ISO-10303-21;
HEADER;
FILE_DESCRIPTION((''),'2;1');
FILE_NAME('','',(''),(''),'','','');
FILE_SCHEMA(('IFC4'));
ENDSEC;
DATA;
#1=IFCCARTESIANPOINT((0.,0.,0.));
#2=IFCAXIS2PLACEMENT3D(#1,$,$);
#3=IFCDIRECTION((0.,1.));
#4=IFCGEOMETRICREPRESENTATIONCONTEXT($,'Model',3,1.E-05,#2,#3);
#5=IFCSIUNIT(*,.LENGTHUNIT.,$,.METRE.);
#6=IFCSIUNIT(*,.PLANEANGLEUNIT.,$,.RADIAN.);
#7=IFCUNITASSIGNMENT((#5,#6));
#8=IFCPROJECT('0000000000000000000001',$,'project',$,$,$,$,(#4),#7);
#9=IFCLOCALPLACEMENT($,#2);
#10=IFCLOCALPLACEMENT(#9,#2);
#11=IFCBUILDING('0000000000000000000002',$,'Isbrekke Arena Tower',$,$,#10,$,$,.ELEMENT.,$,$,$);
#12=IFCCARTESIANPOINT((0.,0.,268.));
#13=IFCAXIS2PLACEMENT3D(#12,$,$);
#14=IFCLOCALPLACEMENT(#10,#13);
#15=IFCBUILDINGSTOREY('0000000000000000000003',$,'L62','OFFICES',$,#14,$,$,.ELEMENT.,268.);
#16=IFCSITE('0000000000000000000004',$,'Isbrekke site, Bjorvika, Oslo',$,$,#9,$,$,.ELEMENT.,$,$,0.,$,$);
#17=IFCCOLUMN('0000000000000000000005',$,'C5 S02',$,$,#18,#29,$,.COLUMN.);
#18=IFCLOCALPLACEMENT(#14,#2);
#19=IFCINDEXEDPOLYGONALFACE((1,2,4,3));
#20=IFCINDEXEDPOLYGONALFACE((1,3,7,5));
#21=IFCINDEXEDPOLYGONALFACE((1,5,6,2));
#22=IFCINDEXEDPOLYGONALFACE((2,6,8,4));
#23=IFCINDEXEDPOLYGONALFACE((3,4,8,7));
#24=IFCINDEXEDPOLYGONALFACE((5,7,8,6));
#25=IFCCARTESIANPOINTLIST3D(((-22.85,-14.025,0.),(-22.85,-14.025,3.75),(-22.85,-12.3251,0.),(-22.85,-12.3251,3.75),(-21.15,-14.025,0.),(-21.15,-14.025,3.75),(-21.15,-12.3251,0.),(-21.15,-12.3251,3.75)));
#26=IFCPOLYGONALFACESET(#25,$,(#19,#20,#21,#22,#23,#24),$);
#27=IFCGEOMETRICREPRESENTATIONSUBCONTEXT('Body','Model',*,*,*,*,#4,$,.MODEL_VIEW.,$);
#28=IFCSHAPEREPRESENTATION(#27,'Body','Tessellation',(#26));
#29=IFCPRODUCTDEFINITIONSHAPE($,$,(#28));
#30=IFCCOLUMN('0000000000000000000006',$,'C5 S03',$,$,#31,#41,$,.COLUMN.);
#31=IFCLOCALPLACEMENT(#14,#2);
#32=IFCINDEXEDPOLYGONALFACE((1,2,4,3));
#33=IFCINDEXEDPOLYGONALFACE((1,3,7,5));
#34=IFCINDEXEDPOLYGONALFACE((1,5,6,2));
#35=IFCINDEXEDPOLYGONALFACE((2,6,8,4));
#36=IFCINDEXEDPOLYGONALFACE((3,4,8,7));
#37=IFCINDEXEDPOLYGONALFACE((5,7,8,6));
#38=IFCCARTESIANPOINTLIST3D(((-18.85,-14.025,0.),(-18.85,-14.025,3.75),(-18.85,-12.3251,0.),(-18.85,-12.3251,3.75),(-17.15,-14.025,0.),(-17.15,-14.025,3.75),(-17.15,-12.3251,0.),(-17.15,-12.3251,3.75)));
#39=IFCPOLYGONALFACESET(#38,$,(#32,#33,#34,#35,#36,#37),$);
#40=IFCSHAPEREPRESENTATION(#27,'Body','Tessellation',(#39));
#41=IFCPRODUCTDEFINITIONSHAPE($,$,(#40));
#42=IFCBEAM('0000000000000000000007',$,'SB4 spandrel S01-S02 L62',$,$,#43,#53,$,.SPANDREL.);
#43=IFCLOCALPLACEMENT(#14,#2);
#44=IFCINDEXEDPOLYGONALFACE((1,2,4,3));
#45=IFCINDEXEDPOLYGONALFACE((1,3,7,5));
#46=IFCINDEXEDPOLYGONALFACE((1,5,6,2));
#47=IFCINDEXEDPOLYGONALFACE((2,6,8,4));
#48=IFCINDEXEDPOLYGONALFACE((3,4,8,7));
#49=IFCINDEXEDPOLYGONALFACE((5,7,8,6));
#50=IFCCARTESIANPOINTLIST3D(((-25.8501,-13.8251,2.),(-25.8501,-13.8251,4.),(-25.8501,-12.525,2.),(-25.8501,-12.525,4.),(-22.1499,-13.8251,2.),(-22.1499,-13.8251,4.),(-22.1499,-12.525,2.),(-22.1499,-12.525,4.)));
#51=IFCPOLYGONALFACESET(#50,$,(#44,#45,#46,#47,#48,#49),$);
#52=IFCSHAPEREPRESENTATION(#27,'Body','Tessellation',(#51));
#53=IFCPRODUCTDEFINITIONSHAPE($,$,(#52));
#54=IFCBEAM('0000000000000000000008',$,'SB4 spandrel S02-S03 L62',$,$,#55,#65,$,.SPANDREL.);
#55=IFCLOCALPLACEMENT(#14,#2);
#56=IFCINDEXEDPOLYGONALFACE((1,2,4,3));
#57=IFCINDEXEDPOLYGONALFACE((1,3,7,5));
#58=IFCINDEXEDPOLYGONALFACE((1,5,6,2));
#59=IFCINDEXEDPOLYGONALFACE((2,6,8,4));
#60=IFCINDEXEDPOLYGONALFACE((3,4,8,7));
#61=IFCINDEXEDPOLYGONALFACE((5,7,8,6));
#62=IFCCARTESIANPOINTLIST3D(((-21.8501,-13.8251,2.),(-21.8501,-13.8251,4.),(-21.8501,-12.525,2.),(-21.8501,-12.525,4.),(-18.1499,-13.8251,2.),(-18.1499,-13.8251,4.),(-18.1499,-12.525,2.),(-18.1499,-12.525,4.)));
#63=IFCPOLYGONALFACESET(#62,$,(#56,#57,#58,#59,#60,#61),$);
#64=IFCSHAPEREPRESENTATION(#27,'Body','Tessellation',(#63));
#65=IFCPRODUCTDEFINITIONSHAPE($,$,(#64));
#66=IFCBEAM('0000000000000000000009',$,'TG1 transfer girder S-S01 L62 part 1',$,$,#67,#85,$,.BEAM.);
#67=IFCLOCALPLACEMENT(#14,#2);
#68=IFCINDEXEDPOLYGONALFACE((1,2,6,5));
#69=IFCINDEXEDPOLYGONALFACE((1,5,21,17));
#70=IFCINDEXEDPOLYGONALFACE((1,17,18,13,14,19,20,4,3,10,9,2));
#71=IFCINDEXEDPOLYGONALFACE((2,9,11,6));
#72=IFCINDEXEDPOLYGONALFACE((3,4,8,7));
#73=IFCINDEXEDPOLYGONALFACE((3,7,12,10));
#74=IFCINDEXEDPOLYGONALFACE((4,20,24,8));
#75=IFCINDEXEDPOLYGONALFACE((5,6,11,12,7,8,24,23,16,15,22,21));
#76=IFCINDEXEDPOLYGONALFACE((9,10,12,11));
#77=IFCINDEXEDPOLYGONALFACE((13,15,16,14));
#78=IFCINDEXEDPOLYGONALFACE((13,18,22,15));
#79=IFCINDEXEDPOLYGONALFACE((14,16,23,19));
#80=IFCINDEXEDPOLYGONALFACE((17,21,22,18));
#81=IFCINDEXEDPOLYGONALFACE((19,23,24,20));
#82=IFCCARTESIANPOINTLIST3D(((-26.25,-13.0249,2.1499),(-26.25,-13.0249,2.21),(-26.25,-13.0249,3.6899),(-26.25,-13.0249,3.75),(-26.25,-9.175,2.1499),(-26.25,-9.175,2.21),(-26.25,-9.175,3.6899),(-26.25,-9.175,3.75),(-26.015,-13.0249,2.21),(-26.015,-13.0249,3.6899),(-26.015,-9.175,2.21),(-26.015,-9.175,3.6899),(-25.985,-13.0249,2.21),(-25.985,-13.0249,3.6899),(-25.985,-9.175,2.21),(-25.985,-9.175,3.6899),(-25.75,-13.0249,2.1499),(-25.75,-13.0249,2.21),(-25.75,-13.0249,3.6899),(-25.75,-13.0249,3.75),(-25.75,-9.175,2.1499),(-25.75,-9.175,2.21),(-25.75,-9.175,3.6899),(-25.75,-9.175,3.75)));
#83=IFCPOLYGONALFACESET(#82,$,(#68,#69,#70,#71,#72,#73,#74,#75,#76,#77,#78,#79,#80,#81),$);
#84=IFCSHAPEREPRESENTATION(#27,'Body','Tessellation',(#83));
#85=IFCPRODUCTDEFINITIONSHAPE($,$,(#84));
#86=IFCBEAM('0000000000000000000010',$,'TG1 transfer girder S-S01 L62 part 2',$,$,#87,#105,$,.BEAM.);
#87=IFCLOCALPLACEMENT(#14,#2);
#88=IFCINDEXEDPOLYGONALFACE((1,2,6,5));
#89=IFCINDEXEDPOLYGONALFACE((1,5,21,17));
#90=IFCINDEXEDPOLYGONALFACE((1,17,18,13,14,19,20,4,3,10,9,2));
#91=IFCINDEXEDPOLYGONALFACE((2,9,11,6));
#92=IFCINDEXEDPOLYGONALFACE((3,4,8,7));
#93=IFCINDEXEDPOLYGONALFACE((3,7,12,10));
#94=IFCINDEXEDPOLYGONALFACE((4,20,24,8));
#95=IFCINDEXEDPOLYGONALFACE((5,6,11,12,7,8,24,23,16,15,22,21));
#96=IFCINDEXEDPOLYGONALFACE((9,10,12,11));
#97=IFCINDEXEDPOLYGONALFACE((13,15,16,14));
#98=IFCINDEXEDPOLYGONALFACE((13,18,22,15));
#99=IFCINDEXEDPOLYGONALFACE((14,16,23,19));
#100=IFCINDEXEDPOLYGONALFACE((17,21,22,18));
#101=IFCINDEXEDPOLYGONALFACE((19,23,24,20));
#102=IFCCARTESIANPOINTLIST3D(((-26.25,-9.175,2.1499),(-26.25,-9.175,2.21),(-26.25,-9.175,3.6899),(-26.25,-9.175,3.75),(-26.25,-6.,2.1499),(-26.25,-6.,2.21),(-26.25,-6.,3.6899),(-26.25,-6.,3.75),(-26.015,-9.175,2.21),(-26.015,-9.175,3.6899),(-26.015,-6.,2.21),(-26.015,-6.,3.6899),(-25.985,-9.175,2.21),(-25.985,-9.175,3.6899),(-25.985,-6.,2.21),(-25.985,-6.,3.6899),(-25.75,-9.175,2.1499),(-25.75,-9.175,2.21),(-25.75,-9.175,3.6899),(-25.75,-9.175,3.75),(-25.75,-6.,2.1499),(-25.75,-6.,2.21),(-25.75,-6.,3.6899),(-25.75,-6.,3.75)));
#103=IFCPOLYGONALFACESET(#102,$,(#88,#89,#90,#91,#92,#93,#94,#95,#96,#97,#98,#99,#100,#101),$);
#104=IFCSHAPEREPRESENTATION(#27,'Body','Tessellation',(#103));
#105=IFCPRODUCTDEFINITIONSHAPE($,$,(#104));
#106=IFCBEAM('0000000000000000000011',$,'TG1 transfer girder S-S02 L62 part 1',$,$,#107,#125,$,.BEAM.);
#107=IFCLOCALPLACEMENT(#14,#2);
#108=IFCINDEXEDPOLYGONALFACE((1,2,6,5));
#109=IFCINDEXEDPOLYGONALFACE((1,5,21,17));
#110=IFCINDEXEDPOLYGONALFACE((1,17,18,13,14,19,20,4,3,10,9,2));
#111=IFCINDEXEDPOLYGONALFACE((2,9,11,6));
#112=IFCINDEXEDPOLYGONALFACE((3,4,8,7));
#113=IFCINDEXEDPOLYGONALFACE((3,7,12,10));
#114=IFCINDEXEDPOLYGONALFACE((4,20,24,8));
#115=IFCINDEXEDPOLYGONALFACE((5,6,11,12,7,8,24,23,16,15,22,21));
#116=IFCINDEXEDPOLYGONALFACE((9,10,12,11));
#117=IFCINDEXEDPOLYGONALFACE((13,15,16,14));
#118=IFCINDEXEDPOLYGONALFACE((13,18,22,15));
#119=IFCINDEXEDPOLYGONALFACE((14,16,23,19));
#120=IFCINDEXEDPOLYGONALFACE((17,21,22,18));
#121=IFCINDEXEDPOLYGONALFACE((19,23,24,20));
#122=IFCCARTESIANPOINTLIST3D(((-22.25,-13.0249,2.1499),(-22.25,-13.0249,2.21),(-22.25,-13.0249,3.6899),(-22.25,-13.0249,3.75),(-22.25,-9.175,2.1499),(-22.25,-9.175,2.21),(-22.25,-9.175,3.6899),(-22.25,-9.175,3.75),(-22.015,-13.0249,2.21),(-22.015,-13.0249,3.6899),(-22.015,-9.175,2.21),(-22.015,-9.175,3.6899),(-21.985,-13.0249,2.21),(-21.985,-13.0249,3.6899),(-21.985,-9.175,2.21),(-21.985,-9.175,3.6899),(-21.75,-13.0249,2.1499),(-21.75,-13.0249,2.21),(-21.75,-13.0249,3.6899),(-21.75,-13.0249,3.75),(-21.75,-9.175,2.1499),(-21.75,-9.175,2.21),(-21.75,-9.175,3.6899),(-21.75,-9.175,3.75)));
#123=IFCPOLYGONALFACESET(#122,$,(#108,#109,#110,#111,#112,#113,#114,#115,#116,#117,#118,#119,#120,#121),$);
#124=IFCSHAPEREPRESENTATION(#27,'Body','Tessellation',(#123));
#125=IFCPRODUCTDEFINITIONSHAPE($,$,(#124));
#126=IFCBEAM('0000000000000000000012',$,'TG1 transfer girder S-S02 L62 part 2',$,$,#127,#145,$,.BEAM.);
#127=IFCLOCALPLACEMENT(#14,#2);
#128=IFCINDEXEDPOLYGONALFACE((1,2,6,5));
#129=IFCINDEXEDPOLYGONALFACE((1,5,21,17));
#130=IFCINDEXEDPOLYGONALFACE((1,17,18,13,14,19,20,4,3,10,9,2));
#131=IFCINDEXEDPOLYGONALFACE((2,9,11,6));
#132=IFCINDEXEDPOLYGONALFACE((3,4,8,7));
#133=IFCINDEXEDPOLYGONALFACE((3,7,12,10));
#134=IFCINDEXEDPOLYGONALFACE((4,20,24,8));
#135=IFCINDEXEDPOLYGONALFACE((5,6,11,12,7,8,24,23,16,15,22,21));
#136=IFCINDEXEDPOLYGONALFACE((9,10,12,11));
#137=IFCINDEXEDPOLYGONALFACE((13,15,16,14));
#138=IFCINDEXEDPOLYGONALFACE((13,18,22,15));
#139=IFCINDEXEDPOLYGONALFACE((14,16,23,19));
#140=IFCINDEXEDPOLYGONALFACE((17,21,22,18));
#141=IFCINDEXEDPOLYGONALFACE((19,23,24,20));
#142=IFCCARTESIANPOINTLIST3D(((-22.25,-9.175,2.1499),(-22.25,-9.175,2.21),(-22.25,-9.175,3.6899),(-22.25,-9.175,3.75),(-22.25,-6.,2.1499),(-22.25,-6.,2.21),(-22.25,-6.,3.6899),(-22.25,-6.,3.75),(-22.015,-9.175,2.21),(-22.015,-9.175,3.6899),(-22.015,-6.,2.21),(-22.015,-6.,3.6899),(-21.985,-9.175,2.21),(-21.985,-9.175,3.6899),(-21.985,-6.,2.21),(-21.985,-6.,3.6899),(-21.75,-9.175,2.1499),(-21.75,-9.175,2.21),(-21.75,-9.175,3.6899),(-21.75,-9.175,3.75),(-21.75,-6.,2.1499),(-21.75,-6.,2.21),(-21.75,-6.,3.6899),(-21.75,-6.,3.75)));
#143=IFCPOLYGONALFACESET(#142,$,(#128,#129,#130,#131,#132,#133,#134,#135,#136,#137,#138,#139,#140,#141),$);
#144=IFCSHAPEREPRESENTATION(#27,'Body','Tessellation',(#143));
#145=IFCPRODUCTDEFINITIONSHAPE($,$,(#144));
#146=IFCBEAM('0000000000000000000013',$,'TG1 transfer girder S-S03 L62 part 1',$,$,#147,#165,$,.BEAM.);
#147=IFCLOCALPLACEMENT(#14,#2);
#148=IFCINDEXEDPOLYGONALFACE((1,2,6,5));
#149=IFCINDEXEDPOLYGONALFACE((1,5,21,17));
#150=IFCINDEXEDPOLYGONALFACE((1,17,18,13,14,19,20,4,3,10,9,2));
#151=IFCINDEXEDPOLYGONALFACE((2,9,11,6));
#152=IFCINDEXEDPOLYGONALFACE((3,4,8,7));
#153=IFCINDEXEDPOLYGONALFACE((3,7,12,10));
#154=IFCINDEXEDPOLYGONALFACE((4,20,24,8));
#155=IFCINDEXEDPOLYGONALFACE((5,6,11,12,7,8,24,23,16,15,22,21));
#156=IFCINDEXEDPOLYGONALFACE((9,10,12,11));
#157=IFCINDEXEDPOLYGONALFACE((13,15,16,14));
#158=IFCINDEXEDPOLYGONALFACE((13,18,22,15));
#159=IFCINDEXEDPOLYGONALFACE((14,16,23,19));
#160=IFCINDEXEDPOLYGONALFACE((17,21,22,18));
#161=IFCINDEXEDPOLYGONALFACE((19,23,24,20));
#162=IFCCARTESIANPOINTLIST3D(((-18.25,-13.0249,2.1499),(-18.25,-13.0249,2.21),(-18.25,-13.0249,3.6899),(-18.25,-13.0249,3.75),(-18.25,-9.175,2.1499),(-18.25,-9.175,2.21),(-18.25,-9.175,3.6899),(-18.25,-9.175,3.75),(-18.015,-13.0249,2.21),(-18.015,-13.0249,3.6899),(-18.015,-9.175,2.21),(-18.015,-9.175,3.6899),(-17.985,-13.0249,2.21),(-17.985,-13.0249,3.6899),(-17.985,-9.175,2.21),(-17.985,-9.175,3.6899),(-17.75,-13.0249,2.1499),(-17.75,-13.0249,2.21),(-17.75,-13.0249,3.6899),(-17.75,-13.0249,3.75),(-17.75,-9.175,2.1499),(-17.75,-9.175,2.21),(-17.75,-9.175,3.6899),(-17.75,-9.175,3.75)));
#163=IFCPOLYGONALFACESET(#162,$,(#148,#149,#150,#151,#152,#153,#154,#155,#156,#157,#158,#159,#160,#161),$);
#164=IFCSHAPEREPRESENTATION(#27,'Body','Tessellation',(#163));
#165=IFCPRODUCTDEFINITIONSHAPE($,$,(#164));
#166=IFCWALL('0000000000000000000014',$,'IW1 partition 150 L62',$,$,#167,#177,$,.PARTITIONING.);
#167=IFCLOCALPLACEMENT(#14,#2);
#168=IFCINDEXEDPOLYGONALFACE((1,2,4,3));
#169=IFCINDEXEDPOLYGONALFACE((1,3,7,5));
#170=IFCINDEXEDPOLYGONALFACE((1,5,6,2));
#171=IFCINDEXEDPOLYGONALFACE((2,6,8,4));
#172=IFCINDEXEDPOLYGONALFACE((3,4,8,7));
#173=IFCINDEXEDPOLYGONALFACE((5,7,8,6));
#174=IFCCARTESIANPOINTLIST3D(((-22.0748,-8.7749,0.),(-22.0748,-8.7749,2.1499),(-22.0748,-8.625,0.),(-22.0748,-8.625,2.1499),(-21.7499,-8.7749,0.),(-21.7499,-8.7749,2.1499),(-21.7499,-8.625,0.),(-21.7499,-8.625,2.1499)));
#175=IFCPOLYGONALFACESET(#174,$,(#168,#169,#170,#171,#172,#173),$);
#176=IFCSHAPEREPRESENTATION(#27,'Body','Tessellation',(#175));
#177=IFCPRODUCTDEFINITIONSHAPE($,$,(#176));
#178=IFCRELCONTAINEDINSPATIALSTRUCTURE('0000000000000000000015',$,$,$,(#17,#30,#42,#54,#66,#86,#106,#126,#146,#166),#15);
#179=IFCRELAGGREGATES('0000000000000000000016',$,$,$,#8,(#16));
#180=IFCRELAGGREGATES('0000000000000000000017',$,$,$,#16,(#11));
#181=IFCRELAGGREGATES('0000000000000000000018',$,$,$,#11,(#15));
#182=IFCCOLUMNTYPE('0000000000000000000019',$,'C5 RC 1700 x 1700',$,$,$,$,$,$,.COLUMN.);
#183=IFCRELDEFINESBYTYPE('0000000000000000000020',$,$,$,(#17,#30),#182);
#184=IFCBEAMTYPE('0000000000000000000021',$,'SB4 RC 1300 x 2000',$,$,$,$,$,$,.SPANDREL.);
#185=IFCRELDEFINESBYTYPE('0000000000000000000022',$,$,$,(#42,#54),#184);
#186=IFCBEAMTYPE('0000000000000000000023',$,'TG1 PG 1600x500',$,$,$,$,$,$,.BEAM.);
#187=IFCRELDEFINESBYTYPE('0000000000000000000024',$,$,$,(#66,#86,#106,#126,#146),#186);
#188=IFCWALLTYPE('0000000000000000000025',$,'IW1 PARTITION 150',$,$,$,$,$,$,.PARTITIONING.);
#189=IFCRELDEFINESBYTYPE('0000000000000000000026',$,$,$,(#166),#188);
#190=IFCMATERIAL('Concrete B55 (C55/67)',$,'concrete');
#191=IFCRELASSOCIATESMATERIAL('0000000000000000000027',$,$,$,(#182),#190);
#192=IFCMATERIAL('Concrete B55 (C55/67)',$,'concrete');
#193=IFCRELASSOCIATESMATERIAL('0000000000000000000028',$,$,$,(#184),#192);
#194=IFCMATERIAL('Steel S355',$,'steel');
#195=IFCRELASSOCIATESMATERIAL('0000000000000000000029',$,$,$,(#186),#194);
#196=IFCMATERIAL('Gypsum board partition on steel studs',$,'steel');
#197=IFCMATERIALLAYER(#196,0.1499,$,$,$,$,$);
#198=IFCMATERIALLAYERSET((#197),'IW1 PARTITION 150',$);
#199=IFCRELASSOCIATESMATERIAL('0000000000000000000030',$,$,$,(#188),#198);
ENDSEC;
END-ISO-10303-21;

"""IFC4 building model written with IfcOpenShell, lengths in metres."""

from ifc_helpers import new_model, si_unit, direction, frame, frame_2d, origin, origin_2d, place, context, subcontext, project, spatial, rectangle, i_section, extrude, material, layer, layer_set, material_profile, profile_set, type_object, element, save


model = new_model("IFC4")

# Units and contexts
model_context = context("Model", 3, precision=1e-05, world=origin(), true_north=direction((0.0, 1.0)))
body_context = subcontext(model_context, "Body", "Model", "MODEL_VIEW")
ifc_project = project(units=[si_unit("LENGTHUNIT", "METRE"), si_unit("PLANEANGLEUNIT", "RADIAN")], contexts=[model_context])

# Site, building, storey
site_placement = place(None, origin())
site = spatial("IfcSite", under=ifc_project, at=site_placement, Name="Isbrekke site, Bjorvika, Oslo", CompositionType="ELEMENT", RefElevation=0.0)
building_placement = place(site_placement, origin())
building = spatial("IfcBuilding", under=site, at=building_placement, Name="Isbrekke Arena Tower", CompositionType="ELEMENT")
storey_placement = place(building_placement, frame((0.0, 0.0, 268.0)))
storey = spatial("IfcBuildingStorey", under=building, at=storey_placement, Name="L62", Description="OFFICES", CompositionType="ELEMENT", Elevation=268.0)

# Columns
ifc_material_1 = material(Name="Concrete B55 (C55/67)", Category="concrete")
ifc_material_profile_1 = material_profile(ifc_material_1, rectangle(XDim=1.7, YDim=1.7, at=origin_2d()), Name="RC 1700x1700")
ifc_profile_set_1 = profile_set([ifc_material_profile_1], Name="Concrete B55 (C55/67)")
column_type = type_object("IfcColumnType", Name="C5 RC 1700 x 1700", PredefinedType="COLUMN", material=ifc_profile_set_1)
for number, where, z_axis, x_axis, name in (
    (1, (-22.0, -13.175, 0.0), (0.0, 0.0, 1.0), (1.0, 0.0, 0.0), "C5 S02"),
    (2, (-18.0, -13.175, 0.0), (0.0, 0.0, 1.0), (1.0, 0.0, 0.0), "C5 S03"),
):
    element("IfcColumn", number, at=place(storey_placement, frame(where, z_axis=z_axis, x_axis=x_axis)), inside=storey, type_object=column_type, Name=name, PredefinedType="COLUMN", context=body_context, shape_type="SweptSolid", body=[
        extrude(rectangle(XDim=1.7, YDim=1.7, at=origin_2d()), origin(), (0.0, 0.0, 1.0), 3.75),
    ])

# Beams
ifc_material_2 = material(Name="Concrete B55 (C55/67)", Category="concrete")
ifc_material_profile_2 = material_profile(ifc_material_2, rectangle(XDim=1.3, YDim=2.0, at=origin_2d()), Name="RC 1300x2000")
ifc_profile_set_2 = profile_set([ifc_material_profile_2], Name="Concrete B55 (C55/67)")
beam_type_1 = type_object("IfcBeamType", Name="SB4 RC 1300 x 2000", PredefinedType="SPANDREL", material=ifc_profile_set_2)
for number, where, z_axis, x_axis, name in (
    (3, (-25.8501, -13.175, 3.0), (1.0, 0.0, 0.0), (0.0, 1.0, 0.0), "SB4 spandrel S01-S02 L62"),
    (4, (-21.8501, -13.175, 3.0), (1.0, 0.0, 0.0), (0.0, 1.0, 0.0), "SB4 spandrel S02-S03 L62"),
):
    element("IfcBeam", number, at=place(storey_placement, frame(where, z_axis=z_axis, x_axis=x_axis)), inside=storey, type_object=beam_type_1, Name=name, PredefinedType="SPANDREL", context=body_context, shape_type="SweptSolid", body=[
        extrude(rectangle(XDim=1.3, YDim=2.0, at=origin_2d()), origin(), (0.0, 0.0, 1.0), 3.7002),
    ])
ifc_material_3 = material(Name="Steel S355", Category="steel")
ifc_material_profile_3 = material_profile(ifc_material_3, i_section(OverallWidth=0.5, OverallDepth=1.6001, WebThickness=0.03, FlangeThickness=0.0601, at=origin_2d()), Name="PG 1600x500")
ifc_profile_set_3 = profile_set([ifc_material_profile_3], Name="Steel S355")
beam_type_2 = type_object("IfcBeamType", Name="TG1 PG 1600x500", PredefinedType="BEAM", material=ifc_profile_set_3)
beam_1_placement = place(storey_placement, frame((-26.0, -13.0249, 2.95), z_axis=(0.0, 1.0, 0.0), x_axis=(-1.0, 0.0, 0.0)))
element("IfcBeam", 5, at=beam_1_placement, inside=storey, type_object=beam_type_2, Name="TG1 transfer girder S-S01 L62 part 1", PredefinedType="BEAM", context=body_context, shape_type="SweptSolid", body=[
    extrude(i_section(OverallWidth=0.5, OverallDepth=1.6001, WebThickness=0.03, FlangeThickness=0.0601, at=origin_2d()), origin(), (0.0, 0.0, 1.0), 3.8499),
])
beam_2_placement = place(storey_placement, frame((-26.0, -9.175, 2.95), z_axis=(0.0, 1.0, 0.0), x_axis=(-1.0, 0.0, 0.0)))
element("IfcBeam", 6, at=beam_2_placement, inside=storey, type_object=beam_type_2, Name="TG1 transfer girder S-S01 L62 part 2", PredefinedType="BEAM", context=body_context, shape_type="SweptSolid", body=[
    extrude(i_section(OverallWidth=0.5, OverallDepth=1.6001, WebThickness=0.03, FlangeThickness=0.0601, at=origin_2d()), origin(), (0.0, 0.0, 1.0), 3.175),
])
beam_3_placement = place(storey_placement, frame((-22.0, -13.0249, 2.95), z_axis=(0.0, 1.0, 0.0), x_axis=(-1.0, 0.0, 0.0)))
element("IfcBeam", 7, at=beam_3_placement, inside=storey, type_object=beam_type_2, Name="TG1 transfer girder S-S02 L62 part 1", PredefinedType="BEAM", context=body_context, shape_type="SweptSolid", body=[
    extrude(i_section(OverallWidth=0.5, OverallDepth=1.6001, WebThickness=0.03, FlangeThickness=0.0601, at=origin_2d()), origin(), (0.0, 0.0, 1.0), 3.8499),
])
beam_4_placement = place(storey_placement, frame((-22.0, -9.175, 2.95), z_axis=(0.0, 1.0, 0.0), x_axis=(-1.0, 0.0, 0.0)))
element("IfcBeam", 8, at=beam_4_placement, inside=storey, type_object=beam_type_2, Name="TG1 transfer girder S-S02 L62 part 2", PredefinedType="BEAM", context=body_context, shape_type="SweptSolid", body=[
    extrude(i_section(OverallWidth=0.5, OverallDepth=1.6001, WebThickness=0.03, FlangeThickness=0.0601, at=origin_2d()), origin(), (0.0, 0.0, 1.0), 3.175),
])
beam_5_placement = place(storey_placement, frame((-18.0, -13.0249, 2.95), z_axis=(0.0, 1.0, 0.0), x_axis=(-1.0, 0.0, 0.0)))
element("IfcBeam", 9, at=beam_5_placement, inside=storey, type_object=beam_type_2, Name="TG1 transfer girder S-S03 L62 part 1", PredefinedType="BEAM", context=body_context, shape_type="SweptSolid", body=[
    extrude(i_section(OverallWidth=0.5, OverallDepth=1.6001, WebThickness=0.03, FlangeThickness=0.0601, at=origin_2d()), origin(), (0.0, 0.0, 1.0), 3.8499),
])

# Wall
ifc_material_4 = material(Name="Gypsum board partition on steel studs", Category="steel")
ifc_layer = layer(ifc_material_4, 0.1499)
ifc_layer_set = layer_set([ifc_layer], Name="IW1 PARTITION 150")
wall_type = type_object("IfcWallType", Name="IW1 PARTITION 150", PredefinedType="PARTITIONING", material=ifc_layer_set)
wall_1_placement = place(storey_placement, frame((-22.075, -8.7, 0.0), z_axis=(0.0, 0.0, 1.0), x_axis=(1.0, 0.0, 0.0)))
element("IfcWall", 10, at=wall_1_placement, inside=storey, type_object=wall_type, Name="IW1 partition 150 L62", PredefinedType="PARTITIONING", context=body_context, shape_type="SweptSolid", body=[
    extrude(rectangle(XDim=0.325, YDim=0.1499, at=frame_2d((0.1626, 0.0))), origin(), (0.0, 0.0, 1.0), 2.1499),
])

save(model, "model.ifc")
